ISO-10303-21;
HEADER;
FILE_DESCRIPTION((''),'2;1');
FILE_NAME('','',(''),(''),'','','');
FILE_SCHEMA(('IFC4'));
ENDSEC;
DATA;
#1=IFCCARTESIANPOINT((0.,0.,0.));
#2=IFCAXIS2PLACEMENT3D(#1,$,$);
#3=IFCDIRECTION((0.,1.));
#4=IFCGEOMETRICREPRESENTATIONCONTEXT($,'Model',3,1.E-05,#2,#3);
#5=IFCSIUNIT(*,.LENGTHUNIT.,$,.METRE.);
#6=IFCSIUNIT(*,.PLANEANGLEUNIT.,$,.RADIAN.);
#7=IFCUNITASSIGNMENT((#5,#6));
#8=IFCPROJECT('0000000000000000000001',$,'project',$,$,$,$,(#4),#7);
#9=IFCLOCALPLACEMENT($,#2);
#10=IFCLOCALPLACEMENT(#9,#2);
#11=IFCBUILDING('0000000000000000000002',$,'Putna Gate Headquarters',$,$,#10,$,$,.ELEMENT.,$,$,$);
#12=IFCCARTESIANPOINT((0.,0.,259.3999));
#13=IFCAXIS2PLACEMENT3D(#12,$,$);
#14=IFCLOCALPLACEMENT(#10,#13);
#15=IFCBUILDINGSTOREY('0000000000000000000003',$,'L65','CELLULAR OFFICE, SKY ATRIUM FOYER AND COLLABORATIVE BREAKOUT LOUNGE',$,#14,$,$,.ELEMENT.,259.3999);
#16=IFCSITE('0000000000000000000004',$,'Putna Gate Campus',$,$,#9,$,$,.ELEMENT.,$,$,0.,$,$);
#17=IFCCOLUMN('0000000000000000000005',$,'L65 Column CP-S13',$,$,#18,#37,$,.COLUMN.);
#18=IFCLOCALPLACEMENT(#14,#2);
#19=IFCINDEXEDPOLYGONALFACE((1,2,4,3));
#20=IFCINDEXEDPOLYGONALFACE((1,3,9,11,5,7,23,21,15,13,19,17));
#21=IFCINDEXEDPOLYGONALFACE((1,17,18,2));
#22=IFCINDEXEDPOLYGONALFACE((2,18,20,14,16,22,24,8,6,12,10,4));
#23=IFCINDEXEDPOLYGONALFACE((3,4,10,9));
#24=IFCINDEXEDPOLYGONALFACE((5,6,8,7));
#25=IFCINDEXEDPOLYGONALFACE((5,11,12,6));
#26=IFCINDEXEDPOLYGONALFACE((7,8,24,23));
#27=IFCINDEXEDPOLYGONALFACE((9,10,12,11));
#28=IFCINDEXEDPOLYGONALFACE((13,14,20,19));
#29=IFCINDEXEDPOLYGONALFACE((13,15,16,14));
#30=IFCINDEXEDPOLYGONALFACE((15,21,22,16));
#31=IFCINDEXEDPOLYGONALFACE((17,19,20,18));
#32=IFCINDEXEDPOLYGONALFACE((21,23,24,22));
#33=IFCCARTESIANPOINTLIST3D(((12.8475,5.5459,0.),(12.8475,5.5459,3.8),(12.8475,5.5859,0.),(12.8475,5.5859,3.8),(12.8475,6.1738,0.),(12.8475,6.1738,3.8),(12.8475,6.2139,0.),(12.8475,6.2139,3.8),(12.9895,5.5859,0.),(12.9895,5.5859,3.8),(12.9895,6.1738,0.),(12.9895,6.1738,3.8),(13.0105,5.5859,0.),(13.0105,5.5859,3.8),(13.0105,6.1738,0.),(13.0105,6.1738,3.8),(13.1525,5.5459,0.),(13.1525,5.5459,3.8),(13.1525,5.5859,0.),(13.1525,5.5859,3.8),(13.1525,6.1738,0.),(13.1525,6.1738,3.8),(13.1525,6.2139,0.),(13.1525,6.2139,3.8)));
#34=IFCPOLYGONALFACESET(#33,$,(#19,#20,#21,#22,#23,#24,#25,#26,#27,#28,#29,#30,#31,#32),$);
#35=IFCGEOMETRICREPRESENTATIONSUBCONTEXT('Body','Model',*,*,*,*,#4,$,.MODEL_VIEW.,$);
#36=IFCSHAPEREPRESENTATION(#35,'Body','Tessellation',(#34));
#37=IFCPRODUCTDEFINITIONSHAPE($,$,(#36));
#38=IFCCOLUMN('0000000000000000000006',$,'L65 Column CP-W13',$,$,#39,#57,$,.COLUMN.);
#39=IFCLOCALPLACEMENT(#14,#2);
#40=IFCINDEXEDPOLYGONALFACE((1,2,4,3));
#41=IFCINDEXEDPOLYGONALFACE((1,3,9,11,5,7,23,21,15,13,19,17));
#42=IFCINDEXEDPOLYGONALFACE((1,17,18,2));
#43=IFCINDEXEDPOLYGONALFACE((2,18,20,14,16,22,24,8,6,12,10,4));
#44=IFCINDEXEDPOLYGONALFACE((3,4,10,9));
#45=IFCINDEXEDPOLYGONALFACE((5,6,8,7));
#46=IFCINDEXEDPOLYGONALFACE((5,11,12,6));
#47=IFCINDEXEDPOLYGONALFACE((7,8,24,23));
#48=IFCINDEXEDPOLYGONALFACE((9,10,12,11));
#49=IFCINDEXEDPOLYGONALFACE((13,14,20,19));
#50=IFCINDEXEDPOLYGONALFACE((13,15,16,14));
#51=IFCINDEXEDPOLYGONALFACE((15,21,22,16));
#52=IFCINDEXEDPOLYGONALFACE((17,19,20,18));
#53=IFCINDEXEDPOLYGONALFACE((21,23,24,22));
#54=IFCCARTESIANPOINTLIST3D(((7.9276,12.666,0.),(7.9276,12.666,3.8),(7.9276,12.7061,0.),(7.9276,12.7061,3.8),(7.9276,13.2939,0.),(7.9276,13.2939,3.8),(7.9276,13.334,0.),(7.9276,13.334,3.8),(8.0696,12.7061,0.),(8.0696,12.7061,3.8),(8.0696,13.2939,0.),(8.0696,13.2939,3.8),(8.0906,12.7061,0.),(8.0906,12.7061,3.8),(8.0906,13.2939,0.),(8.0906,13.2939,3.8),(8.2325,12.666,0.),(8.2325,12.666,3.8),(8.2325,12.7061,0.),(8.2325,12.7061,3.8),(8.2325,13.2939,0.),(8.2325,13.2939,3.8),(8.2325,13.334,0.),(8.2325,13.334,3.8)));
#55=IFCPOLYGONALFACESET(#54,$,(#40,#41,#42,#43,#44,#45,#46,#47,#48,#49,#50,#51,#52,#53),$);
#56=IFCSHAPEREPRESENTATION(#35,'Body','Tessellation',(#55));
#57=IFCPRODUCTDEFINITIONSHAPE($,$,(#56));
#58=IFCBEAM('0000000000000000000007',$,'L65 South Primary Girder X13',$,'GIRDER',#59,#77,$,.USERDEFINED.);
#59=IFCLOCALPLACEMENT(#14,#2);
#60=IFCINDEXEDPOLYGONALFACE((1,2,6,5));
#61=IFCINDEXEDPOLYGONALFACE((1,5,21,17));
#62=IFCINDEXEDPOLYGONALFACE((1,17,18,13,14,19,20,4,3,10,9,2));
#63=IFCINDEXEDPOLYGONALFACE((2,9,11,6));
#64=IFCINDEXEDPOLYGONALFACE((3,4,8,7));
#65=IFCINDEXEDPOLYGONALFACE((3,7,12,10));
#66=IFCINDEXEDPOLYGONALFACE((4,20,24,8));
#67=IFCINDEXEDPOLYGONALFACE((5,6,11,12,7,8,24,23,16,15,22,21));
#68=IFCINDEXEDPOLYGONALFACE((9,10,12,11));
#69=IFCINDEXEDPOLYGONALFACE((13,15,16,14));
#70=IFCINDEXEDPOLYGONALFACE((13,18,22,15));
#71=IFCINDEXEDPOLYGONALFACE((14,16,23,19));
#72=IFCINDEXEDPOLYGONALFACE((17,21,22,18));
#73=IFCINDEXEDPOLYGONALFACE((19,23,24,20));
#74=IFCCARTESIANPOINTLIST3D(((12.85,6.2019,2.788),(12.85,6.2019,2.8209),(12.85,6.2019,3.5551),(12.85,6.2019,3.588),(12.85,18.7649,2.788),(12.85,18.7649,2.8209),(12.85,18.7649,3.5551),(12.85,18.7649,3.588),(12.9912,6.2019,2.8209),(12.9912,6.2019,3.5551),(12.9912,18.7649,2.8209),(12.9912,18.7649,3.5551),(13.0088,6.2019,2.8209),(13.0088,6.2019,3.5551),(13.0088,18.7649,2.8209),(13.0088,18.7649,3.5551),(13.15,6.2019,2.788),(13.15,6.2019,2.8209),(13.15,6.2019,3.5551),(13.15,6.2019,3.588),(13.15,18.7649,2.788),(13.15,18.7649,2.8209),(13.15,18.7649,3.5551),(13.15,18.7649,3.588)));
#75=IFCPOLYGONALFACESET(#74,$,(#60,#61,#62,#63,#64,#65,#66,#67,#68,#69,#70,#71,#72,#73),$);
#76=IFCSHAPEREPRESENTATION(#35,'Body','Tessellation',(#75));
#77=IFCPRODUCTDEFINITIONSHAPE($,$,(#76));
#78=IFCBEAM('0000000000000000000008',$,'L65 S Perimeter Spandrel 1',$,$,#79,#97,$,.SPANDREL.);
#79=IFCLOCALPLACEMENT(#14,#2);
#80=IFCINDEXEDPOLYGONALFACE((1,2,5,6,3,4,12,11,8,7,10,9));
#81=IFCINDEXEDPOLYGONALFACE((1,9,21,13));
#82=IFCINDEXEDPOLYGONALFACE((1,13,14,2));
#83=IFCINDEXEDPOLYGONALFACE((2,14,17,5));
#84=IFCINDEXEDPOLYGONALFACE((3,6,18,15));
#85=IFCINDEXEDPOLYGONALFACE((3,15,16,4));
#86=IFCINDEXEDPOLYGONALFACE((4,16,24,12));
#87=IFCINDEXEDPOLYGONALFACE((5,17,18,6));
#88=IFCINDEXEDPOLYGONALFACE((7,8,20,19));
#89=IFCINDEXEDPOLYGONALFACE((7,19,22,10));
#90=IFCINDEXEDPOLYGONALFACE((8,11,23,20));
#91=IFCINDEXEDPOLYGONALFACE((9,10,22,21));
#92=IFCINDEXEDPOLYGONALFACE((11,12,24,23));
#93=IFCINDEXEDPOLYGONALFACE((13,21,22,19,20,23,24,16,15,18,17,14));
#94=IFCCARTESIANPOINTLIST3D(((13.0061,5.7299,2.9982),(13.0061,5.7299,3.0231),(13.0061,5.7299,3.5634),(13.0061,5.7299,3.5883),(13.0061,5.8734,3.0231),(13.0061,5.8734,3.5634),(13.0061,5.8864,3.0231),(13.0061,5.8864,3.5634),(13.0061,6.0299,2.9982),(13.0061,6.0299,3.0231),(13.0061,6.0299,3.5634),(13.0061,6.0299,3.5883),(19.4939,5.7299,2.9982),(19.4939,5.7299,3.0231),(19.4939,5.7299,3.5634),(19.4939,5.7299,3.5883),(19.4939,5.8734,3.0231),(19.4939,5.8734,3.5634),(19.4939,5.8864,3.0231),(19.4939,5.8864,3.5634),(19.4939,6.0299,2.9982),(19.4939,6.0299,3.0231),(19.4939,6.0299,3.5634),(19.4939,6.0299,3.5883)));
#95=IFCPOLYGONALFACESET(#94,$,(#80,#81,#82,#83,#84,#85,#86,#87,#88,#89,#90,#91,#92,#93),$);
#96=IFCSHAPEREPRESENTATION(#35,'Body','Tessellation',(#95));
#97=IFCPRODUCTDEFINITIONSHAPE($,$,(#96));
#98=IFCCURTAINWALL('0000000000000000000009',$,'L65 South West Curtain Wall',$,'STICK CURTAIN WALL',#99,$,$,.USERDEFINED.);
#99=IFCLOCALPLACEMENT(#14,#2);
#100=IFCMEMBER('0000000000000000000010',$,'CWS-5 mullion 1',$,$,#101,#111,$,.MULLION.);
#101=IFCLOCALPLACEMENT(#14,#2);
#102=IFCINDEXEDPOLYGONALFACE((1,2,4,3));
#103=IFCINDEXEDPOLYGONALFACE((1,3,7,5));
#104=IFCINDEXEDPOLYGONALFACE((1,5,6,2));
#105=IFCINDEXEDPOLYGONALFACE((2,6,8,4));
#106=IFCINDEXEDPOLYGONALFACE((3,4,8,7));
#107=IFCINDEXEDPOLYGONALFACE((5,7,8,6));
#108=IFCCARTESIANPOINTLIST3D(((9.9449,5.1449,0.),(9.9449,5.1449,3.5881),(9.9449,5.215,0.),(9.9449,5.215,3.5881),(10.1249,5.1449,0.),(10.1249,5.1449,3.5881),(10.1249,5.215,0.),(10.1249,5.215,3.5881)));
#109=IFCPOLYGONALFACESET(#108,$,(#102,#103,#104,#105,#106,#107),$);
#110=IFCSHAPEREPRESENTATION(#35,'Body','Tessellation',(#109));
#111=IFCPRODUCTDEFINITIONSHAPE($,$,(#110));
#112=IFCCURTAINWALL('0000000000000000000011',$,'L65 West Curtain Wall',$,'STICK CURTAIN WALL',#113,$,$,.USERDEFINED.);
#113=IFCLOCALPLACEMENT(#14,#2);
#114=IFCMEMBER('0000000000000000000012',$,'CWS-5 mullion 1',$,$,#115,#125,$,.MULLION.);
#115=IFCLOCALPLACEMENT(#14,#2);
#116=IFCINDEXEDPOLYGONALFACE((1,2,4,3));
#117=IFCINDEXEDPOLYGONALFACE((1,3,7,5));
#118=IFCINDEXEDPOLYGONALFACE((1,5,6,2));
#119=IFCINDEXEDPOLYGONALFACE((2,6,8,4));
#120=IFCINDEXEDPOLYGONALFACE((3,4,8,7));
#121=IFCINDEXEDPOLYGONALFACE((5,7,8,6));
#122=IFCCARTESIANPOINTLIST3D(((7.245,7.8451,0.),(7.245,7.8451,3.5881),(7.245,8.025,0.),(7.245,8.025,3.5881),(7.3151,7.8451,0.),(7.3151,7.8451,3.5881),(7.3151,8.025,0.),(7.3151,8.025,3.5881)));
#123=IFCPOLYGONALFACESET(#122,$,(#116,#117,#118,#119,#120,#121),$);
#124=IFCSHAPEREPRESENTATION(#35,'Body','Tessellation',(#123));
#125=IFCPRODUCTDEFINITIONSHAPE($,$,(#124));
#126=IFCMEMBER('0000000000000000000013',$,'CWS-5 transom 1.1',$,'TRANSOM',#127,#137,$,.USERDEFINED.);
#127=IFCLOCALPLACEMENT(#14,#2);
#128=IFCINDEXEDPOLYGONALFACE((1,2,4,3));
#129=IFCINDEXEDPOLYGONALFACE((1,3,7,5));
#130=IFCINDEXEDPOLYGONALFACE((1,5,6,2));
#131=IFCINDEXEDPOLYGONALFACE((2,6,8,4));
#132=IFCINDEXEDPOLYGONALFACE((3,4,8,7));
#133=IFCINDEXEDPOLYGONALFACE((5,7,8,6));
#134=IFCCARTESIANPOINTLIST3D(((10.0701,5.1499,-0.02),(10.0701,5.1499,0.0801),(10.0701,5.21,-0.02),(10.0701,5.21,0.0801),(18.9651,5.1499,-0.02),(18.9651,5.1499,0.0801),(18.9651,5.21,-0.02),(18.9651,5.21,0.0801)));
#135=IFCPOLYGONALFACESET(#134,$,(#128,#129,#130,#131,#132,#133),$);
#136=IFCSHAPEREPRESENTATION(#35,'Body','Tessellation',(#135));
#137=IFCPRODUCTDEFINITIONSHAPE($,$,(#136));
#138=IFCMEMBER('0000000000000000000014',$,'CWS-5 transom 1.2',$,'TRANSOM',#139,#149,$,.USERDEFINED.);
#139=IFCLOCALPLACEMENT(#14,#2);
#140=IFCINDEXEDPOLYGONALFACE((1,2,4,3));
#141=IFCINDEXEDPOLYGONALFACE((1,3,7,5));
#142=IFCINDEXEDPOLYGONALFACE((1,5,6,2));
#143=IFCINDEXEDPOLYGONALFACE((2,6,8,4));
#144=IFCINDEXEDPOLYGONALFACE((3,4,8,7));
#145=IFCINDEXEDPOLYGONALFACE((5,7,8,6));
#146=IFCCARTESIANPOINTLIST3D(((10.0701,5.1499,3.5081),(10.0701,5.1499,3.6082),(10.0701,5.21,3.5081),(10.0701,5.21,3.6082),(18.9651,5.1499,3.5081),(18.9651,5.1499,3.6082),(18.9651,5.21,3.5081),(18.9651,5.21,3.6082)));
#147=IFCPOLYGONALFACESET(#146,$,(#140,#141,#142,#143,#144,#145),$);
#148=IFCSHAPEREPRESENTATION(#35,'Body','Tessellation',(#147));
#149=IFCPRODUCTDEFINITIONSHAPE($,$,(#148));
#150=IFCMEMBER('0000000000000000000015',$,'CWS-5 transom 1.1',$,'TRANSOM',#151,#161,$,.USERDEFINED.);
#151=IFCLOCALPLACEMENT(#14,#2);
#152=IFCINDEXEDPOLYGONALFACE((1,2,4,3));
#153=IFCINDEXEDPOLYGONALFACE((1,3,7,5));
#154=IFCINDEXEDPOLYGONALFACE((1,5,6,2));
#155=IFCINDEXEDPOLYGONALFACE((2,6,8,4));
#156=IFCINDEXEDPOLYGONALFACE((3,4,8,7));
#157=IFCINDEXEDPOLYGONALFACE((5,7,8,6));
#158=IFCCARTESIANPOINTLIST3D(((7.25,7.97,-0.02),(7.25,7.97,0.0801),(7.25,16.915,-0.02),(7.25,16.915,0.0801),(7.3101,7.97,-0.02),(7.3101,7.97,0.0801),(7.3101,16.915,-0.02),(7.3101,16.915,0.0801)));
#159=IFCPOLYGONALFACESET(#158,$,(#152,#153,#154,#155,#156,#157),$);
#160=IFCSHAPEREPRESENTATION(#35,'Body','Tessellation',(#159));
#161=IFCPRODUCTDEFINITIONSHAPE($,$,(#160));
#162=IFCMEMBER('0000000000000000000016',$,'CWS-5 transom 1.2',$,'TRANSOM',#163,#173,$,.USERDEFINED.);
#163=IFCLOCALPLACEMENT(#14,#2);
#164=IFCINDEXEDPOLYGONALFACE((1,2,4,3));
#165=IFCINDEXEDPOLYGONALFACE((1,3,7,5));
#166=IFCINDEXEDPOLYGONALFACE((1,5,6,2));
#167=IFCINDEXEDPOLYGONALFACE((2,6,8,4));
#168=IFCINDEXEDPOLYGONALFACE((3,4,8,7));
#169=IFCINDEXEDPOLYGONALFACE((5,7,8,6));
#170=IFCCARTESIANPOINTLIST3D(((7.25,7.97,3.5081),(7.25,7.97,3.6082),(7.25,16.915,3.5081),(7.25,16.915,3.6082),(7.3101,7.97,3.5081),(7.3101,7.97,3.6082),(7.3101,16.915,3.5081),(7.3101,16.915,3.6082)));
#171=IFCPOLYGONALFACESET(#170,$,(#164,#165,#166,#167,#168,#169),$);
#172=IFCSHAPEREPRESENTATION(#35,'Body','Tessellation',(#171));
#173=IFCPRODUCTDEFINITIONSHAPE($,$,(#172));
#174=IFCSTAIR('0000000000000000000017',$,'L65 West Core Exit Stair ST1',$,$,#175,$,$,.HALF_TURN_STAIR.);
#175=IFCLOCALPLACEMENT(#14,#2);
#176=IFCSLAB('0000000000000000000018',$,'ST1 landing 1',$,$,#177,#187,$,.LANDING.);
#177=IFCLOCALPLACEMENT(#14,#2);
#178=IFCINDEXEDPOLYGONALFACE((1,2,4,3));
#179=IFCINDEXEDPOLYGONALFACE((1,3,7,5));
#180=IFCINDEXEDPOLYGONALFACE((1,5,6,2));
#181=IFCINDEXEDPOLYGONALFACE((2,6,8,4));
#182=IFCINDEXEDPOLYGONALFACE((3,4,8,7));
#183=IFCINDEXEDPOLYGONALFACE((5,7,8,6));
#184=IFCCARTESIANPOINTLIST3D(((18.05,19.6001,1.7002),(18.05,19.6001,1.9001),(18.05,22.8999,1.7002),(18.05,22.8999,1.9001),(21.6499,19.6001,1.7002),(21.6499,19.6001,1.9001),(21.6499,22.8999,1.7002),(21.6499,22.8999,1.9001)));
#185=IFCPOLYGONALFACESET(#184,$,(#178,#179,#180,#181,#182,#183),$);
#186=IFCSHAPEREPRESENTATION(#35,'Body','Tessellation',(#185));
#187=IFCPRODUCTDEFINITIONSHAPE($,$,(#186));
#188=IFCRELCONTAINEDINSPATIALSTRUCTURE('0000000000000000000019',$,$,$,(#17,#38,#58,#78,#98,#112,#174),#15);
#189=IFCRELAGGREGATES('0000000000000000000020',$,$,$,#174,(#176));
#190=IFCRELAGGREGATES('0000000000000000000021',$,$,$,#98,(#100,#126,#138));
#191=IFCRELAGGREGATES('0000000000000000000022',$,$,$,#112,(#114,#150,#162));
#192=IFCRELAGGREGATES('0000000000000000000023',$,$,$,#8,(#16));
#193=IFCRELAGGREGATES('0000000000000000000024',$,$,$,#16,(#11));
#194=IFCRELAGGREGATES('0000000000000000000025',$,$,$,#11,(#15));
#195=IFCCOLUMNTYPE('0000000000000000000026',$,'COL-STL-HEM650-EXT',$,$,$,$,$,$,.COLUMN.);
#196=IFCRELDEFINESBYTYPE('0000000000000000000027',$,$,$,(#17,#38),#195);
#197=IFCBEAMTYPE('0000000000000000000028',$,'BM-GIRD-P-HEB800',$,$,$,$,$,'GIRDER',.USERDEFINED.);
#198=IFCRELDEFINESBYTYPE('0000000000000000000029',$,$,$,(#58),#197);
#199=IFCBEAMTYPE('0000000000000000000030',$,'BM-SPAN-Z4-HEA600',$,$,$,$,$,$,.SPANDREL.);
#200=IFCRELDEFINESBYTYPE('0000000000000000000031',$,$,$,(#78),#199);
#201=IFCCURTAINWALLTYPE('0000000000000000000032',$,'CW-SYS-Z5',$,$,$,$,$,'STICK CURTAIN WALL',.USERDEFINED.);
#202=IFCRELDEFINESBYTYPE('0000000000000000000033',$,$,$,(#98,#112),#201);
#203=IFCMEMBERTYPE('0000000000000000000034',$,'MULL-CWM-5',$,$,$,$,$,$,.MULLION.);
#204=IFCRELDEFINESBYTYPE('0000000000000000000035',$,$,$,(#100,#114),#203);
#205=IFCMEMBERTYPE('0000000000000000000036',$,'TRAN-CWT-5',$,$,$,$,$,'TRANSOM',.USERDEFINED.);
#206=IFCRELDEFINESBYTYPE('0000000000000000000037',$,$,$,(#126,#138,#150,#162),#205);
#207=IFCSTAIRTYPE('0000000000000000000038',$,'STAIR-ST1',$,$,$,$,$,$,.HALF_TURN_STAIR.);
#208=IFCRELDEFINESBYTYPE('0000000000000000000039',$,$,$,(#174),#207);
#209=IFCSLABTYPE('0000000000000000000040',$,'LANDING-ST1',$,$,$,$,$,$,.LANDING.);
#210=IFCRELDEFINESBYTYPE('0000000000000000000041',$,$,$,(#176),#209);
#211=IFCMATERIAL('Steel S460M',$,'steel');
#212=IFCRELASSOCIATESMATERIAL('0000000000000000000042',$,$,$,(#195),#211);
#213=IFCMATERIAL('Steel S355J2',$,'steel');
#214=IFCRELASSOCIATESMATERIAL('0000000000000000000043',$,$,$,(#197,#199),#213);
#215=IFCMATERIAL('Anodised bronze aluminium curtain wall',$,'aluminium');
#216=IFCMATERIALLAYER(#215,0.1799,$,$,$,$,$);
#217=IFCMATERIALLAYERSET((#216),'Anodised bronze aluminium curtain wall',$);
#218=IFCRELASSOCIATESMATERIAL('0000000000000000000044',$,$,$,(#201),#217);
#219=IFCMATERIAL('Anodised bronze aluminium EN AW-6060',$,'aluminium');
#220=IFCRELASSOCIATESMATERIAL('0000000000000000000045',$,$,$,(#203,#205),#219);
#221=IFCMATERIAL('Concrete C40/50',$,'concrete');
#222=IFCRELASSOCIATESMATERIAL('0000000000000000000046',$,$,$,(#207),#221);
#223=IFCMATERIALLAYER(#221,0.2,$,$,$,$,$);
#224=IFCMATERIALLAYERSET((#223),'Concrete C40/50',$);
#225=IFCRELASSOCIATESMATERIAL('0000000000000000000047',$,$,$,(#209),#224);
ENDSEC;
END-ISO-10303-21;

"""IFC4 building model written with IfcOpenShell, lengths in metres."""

from ifc_helpers import new_model, si_unit, direction, frame, origin, origin_2d, place, context, subcontext, project, spatial, polyline, rectangle, i_section, outline, extrude, material, layer, layer_set, material_profile, profile_set, type_object, element, aggregate, save


model = new_model("IFC4")

# Units and contexts
model_context = context("Model", 3, precision=1e-05, world=origin(), true_north=direction((0.0, 1.0)))
body_context = subcontext(model_context, "Body", "Model", "MODEL_VIEW")
ifc_project = project(units=[si_unit("LENGTHUNIT", "METRE"), si_unit("PLANEANGLEUNIT", "RADIAN")], contexts=[model_context])

# Site, building, storey
site_placement = place(None, origin())
site = spatial("IfcSite", under=ifc_project, at=site_placement, Name="Putna Gate Campus", CompositionType="ELEMENT", RefElevation=0.0)
building_placement = place(site_placement, origin())
building = spatial("IfcBuilding", under=site, at=building_placement, Name="Putna Gate Headquarters", CompositionType="ELEMENT")
storey_placement = place(building_placement, frame((0.0, 0.0, 259.3999)))
storey = spatial("IfcBuildingStorey", under=building, at=storey_placement, Name="L65", Description="CELLULAR OFFICE, SKY ATRIUM FOYER AND COLLABORATIVE BREAKOUT LOUNGE", CompositionType="ELEMENT", Elevation=259.3999)

# Columns
ifc_material_1 = material(Name="Steel S460M", Category="steel")
ifc_material_profile_1 = material_profile(ifc_material_1, i_section(OverallWidth=0.3049, OverallDepth=0.668, WebThickness=0.021, FlangeThickness=0.04, at=origin_2d()), Name="Steel S460M")
ifc_profile_set_1 = profile_set([ifc_material_profile_1], Name="Steel S460M")
column_type = type_object("IfcColumnType", Name="COL-STL-HEM650-EXT", PredefinedType="COLUMN", material=ifc_profile_set_1)
for number, where, z_axis, x_axis, name in (
    (1, (13.0, 5.8799, 0.0), (0.0, 0.0, 1.0), (1.0, 0.0, 0.0), "L65 Column CP-S13"),
    (2, (8.0801, 13.0, 0.0), (0.0, 0.0, 1.0), (1.0, 0.0, 0.0), "L65 Column CP-W13"),
):
    element("IfcColumn", number, at=place(storey_placement, frame(where, z_axis=z_axis, x_axis=x_axis)), inside=storey, type_object=column_type, Name=name, PredefinedType="COLUMN", context=body_context, shape_type="SweptSolid", body=[
        extrude(i_section(OverallWidth=0.3049, OverallDepth=0.668, WebThickness=0.021, FlangeThickness=0.04, at=origin_2d()), origin(), (0.0, 0.0, 1.0), 3.8),
    ])

# Beams
ifc_material_2 = material(Name="Steel S355J2", Category="steel")
ifc_material_profile_2 = material_profile(ifc_material_2, i_section(OverallWidth=0.3, OverallDepth=0.8, WebThickness=0.0176, FlangeThickness=0.033, at=origin_2d()), Name="Steel S355J2")
ifc_profile_set_2 = profile_set([ifc_material_profile_2], Name="Steel S355J2")
beam_type_1 = type_object("IfcBeamType", Name="BM-GIRD-P-HEB800", ElementType="GIRDER", PredefinedType="USERDEFINED", material=ifc_profile_set_2)
beam_1_placement = place(storey_placement, frame((13.0, 6.2019, 3.188), z_axis=(0.0, 1.0, 0.0), x_axis=(-1.0, 0.0, 0.0)))
element("IfcBeam", 3, at=beam_1_placement, inside=storey, type_object=beam_type_1, Name="L65 South Primary Girder X13", ObjectType="GIRDER", PredefinedType="USERDEFINED", context=body_context, shape_type="SweptSolid", body=[
    extrude(i_section(OverallWidth=0.3, OverallDepth=0.8, WebThickness=0.0176, FlangeThickness=0.033, at=origin_2d()), origin(), (0.0, 0.0, 1.0), 12.563),
])
ifc_material_profile_3 = material_profile(ifc_material_2, i_section(OverallWidth=0.3, OverallDepth=0.5901, WebThickness=0.0129, FlangeThickness=0.0249, at=origin_2d()), Name="Steel S355J2")
ifc_profile_set_3 = profile_set([ifc_material_profile_3], Name="Steel S355J2")
beam_type_2 = type_object("IfcBeamType", Name="BM-SPAN-Z4-HEA600", PredefinedType="SPANDREL", material=ifc_profile_set_3)
beam_2_placement = place(storey_placement, frame((13.0061, 5.8799, 3.2932), z_axis=(1.0, 0.0, 0.0), x_axis=(0.0, 1.0, 0.0)))
element("IfcBeam", 4, at=beam_2_placement, inside=storey, type_object=beam_type_2, Name="L65 S Perimeter Spandrel 1", PredefinedType="SPANDREL", context=body_context, shape_type="SweptSolid", body=[
    extrude(i_section(OverallWidth=0.3, OverallDepth=0.5901, WebThickness=0.0129, FlangeThickness=0.0249, at=origin_2d()), origin(), (0.0, 0.0, 1.0), 6.4878),
])

# Curtain walls, members
ifc_material_3 = material(Name="Anodised bronze aluminium curtain wall", Category="aluminium")
ifc_layer_1 = layer(ifc_material_3, 0.1799)
ifc_layer_set_1 = layer_set([ifc_layer_1], Name="Anodised bronze aluminium curtain wall")
curtain_wall_type = type_object("IfcCurtainWallType", Name="CW-SYS-Z5", ElementType="STICK CURTAIN WALL", PredefinedType="USERDEFINED", material=ifc_layer_set_1)
curtain_wall_1_placement = place(storey_placement, origin())
curtain_wall_1 = element("IfcCurtainWall", 5, at=curtain_wall_1_placement, inside=storey, type_object=curtain_wall_type, Name="L65 South West Curtain Wall", ObjectType="STICK CURTAIN WALL", PredefinedType="USERDEFINED")
ifc_material_4 = material(Name="Anodised bronze aluminium EN AW-6060", Category="aluminium")
ifc_material_profile_4 = material_profile(ifc_material_4, rectangle(XDim=0.0701, YDim=0.1799, at=origin_2d()), Name="Anodised bronze aluminium EN AW-6060")
ifc_profile_set_4 = profile_set([ifc_material_profile_4], Name="Anodised bronze aluminium EN AW-6060")
member_type_1 = type_object("IfcMemberType", Name="MULL-CWM-5", PredefinedType="MULLION", material=ifc_profile_set_4)
member_1_placement = place(storey_placement, frame((10.0349, 5.1799, 0.0), z_axis=(0.0, 0.0, 1.0), x_axis=(0.0, 1.0, 0.0)))
member_1 = element("IfcMember", 6, at=member_1_placement, type_object=member_type_1, Name="CWS-5 mullion 1", PredefinedType="MULLION", context=body_context, shape_type="SweptSolid", body=[
    extrude(rectangle(XDim=0.0701, YDim=0.1799, at=origin_2d()), origin(), (0.0, 0.0, 1.0), 3.5881),
])
curtain_wall_2_placement = place(storey_placement, origin())
curtain_wall_2 = element("IfcCurtainWall", 7, at=curtain_wall_2_placement, inside=storey, type_object=curtain_wall_type, Name="L65 West Curtain Wall", ObjectType="STICK CURTAIN WALL", PredefinedType="USERDEFINED")
member_2_placement = place(storey_placement, frame((7.28, 7.9351, 0.0), z_axis=(0.0, 0.0, 1.0), x_axis=(-1.0, 0.0, 0.0)))
member_2 = element("IfcMember", 8, at=member_2_placement, type_object=member_type_1, Name="CWS-5 mullion 1", PredefinedType="MULLION", context=body_context, shape_type="SweptSolid", body=[
    extrude(rectangle(XDim=0.0701, YDim=0.1799, at=origin_2d()), origin(), (0.0, 0.0, 1.0), 3.5881),
])

# Members
ifc_material_profile_5 = material_profile(ifc_material_4, rectangle(XDim=0.0601, YDim=0.1001, at=origin_2d()), Name="Anodised bronze aluminium EN AW-6060")
ifc_profile_set_5 = profile_set([ifc_material_profile_5], Name="Anodised bronze aluminium EN AW-6060")
member_type_2 = type_object("IfcMemberType", Name="TRAN-CWT-5", ElementType="TRANSOM", PredefinedType="USERDEFINED", material=ifc_profile_set_5)
member_3_placement = place(storey_placement, frame((10.0701, 5.1799, 0.03), z_axis=(1.0, 0.0, 0.0), x_axis=(0.0, 1.0, 0.0)))
member_3 = element("IfcMember", 9, at=member_3_placement, type_object=member_type_2, Name="CWS-5 transom 1.1", ObjectType="TRANSOM", PredefinedType="USERDEFINED", context=body_context, shape_type="SweptSolid", body=[
    extrude(rectangle(XDim=0.0601, YDim=0.1001, at=origin_2d()), origin(), (0.0, 0.0, 1.0), 8.895),
])
member_4_placement = place(storey_placement, frame((10.0701, 5.1799, 3.5581), z_axis=(1.0, 0.0, 0.0), x_axis=(0.0, 1.0, 0.0)))
member_4 = element("IfcMember", 10, at=member_4_placement, type_object=member_type_2, Name="CWS-5 transom 1.2", ObjectType="TRANSOM", PredefinedType="USERDEFINED", context=body_context, shape_type="SweptSolid", body=[
    extrude(rectangle(XDim=0.0601, YDim=0.1001, at=origin_2d()), origin(), (0.0, 0.0, 1.0), 8.895),
])
member_5_placement = place(storey_placement, frame((7.28, 7.97, 0.03), z_axis=(0.0, 1.0, 0.0), x_axis=(-1.0, 0.0, 0.0)))
member_5 = element("IfcMember", 11, at=member_5_placement, type_object=member_type_2, Name="CWS-5 transom 1.1", ObjectType="TRANSOM", PredefinedType="USERDEFINED", context=body_context, shape_type="SweptSolid", body=[
    extrude(rectangle(XDim=0.0601, YDim=0.1001, at=origin_2d()), origin(), (0.0, 0.0, 1.0), 8.9451),
])
member_6_placement = place(storey_placement, frame((7.28, 7.97, 3.5581), z_axis=(0.0, 1.0, 0.0), x_axis=(-1.0, 0.0, 0.0)))
member_6 = element("IfcMember", 12, at=member_6_placement, type_object=member_type_2, Name="CWS-5 transom 1.2", ObjectType="TRANSOM", PredefinedType="USERDEFINED", context=body_context, shape_type="SweptSolid", body=[
    extrude(rectangle(XDim=0.0601, YDim=0.1001, at=origin_2d()), origin(), (0.0, 0.0, 1.0), 8.9451),
])

# Stair, slab
ifc_material_5 = material(Name="Concrete C40/50", Category="concrete")
stair_type_1 = type_object("IfcStairType", Name="STAIR-ST1", PredefinedType="HALF_TURN_STAIR", material=ifc_material_5)
stair_1_placement = place(storey_placement, origin())
stair_1 = element("IfcStair", 13, at=stair_1_placement, inside=storey, type_object=stair_type_1, Name="L65 West Core Exit Stair ST1", PredefinedType="HALF_TURN_STAIR")
ifc_layer_2 = layer(ifc_material_5, 0.2)
ifc_layer_set_2 = layer_set([ifc_layer_2], Name="Concrete C40/50")
slab_type_1 = type_object("IfcSlabType", Name="LANDING-ST1", PredefinedType="LANDING", material=ifc_layer_set_2)
slab_1_placement = place(storey_placement, frame((0.0, 0.0, 1.7002)))
slab_1 = element("IfcSlab", 14, at=slab_1_placement, type_object=slab_type_1, Name="ST1 landing 1", PredefinedType="LANDING", context=body_context, shape_type="SweptSolid", body=[
    extrude(outline(polyline([(18.05, 19.6001), (21.6499, 19.6001), (21.6499, 22.8999), (18.05, 22.8999), (18.05, 19.6001)])), origin(), (0.0, 0.0, 1.0), 0.2),
])
aggregate(stair_1, [slab_1])

aggregate(curtain_wall_1, [member_1, member_3, member_4])
aggregate(curtain_wall_2, [member_2, member_5, member_6])

save(model, "model.ifc")
